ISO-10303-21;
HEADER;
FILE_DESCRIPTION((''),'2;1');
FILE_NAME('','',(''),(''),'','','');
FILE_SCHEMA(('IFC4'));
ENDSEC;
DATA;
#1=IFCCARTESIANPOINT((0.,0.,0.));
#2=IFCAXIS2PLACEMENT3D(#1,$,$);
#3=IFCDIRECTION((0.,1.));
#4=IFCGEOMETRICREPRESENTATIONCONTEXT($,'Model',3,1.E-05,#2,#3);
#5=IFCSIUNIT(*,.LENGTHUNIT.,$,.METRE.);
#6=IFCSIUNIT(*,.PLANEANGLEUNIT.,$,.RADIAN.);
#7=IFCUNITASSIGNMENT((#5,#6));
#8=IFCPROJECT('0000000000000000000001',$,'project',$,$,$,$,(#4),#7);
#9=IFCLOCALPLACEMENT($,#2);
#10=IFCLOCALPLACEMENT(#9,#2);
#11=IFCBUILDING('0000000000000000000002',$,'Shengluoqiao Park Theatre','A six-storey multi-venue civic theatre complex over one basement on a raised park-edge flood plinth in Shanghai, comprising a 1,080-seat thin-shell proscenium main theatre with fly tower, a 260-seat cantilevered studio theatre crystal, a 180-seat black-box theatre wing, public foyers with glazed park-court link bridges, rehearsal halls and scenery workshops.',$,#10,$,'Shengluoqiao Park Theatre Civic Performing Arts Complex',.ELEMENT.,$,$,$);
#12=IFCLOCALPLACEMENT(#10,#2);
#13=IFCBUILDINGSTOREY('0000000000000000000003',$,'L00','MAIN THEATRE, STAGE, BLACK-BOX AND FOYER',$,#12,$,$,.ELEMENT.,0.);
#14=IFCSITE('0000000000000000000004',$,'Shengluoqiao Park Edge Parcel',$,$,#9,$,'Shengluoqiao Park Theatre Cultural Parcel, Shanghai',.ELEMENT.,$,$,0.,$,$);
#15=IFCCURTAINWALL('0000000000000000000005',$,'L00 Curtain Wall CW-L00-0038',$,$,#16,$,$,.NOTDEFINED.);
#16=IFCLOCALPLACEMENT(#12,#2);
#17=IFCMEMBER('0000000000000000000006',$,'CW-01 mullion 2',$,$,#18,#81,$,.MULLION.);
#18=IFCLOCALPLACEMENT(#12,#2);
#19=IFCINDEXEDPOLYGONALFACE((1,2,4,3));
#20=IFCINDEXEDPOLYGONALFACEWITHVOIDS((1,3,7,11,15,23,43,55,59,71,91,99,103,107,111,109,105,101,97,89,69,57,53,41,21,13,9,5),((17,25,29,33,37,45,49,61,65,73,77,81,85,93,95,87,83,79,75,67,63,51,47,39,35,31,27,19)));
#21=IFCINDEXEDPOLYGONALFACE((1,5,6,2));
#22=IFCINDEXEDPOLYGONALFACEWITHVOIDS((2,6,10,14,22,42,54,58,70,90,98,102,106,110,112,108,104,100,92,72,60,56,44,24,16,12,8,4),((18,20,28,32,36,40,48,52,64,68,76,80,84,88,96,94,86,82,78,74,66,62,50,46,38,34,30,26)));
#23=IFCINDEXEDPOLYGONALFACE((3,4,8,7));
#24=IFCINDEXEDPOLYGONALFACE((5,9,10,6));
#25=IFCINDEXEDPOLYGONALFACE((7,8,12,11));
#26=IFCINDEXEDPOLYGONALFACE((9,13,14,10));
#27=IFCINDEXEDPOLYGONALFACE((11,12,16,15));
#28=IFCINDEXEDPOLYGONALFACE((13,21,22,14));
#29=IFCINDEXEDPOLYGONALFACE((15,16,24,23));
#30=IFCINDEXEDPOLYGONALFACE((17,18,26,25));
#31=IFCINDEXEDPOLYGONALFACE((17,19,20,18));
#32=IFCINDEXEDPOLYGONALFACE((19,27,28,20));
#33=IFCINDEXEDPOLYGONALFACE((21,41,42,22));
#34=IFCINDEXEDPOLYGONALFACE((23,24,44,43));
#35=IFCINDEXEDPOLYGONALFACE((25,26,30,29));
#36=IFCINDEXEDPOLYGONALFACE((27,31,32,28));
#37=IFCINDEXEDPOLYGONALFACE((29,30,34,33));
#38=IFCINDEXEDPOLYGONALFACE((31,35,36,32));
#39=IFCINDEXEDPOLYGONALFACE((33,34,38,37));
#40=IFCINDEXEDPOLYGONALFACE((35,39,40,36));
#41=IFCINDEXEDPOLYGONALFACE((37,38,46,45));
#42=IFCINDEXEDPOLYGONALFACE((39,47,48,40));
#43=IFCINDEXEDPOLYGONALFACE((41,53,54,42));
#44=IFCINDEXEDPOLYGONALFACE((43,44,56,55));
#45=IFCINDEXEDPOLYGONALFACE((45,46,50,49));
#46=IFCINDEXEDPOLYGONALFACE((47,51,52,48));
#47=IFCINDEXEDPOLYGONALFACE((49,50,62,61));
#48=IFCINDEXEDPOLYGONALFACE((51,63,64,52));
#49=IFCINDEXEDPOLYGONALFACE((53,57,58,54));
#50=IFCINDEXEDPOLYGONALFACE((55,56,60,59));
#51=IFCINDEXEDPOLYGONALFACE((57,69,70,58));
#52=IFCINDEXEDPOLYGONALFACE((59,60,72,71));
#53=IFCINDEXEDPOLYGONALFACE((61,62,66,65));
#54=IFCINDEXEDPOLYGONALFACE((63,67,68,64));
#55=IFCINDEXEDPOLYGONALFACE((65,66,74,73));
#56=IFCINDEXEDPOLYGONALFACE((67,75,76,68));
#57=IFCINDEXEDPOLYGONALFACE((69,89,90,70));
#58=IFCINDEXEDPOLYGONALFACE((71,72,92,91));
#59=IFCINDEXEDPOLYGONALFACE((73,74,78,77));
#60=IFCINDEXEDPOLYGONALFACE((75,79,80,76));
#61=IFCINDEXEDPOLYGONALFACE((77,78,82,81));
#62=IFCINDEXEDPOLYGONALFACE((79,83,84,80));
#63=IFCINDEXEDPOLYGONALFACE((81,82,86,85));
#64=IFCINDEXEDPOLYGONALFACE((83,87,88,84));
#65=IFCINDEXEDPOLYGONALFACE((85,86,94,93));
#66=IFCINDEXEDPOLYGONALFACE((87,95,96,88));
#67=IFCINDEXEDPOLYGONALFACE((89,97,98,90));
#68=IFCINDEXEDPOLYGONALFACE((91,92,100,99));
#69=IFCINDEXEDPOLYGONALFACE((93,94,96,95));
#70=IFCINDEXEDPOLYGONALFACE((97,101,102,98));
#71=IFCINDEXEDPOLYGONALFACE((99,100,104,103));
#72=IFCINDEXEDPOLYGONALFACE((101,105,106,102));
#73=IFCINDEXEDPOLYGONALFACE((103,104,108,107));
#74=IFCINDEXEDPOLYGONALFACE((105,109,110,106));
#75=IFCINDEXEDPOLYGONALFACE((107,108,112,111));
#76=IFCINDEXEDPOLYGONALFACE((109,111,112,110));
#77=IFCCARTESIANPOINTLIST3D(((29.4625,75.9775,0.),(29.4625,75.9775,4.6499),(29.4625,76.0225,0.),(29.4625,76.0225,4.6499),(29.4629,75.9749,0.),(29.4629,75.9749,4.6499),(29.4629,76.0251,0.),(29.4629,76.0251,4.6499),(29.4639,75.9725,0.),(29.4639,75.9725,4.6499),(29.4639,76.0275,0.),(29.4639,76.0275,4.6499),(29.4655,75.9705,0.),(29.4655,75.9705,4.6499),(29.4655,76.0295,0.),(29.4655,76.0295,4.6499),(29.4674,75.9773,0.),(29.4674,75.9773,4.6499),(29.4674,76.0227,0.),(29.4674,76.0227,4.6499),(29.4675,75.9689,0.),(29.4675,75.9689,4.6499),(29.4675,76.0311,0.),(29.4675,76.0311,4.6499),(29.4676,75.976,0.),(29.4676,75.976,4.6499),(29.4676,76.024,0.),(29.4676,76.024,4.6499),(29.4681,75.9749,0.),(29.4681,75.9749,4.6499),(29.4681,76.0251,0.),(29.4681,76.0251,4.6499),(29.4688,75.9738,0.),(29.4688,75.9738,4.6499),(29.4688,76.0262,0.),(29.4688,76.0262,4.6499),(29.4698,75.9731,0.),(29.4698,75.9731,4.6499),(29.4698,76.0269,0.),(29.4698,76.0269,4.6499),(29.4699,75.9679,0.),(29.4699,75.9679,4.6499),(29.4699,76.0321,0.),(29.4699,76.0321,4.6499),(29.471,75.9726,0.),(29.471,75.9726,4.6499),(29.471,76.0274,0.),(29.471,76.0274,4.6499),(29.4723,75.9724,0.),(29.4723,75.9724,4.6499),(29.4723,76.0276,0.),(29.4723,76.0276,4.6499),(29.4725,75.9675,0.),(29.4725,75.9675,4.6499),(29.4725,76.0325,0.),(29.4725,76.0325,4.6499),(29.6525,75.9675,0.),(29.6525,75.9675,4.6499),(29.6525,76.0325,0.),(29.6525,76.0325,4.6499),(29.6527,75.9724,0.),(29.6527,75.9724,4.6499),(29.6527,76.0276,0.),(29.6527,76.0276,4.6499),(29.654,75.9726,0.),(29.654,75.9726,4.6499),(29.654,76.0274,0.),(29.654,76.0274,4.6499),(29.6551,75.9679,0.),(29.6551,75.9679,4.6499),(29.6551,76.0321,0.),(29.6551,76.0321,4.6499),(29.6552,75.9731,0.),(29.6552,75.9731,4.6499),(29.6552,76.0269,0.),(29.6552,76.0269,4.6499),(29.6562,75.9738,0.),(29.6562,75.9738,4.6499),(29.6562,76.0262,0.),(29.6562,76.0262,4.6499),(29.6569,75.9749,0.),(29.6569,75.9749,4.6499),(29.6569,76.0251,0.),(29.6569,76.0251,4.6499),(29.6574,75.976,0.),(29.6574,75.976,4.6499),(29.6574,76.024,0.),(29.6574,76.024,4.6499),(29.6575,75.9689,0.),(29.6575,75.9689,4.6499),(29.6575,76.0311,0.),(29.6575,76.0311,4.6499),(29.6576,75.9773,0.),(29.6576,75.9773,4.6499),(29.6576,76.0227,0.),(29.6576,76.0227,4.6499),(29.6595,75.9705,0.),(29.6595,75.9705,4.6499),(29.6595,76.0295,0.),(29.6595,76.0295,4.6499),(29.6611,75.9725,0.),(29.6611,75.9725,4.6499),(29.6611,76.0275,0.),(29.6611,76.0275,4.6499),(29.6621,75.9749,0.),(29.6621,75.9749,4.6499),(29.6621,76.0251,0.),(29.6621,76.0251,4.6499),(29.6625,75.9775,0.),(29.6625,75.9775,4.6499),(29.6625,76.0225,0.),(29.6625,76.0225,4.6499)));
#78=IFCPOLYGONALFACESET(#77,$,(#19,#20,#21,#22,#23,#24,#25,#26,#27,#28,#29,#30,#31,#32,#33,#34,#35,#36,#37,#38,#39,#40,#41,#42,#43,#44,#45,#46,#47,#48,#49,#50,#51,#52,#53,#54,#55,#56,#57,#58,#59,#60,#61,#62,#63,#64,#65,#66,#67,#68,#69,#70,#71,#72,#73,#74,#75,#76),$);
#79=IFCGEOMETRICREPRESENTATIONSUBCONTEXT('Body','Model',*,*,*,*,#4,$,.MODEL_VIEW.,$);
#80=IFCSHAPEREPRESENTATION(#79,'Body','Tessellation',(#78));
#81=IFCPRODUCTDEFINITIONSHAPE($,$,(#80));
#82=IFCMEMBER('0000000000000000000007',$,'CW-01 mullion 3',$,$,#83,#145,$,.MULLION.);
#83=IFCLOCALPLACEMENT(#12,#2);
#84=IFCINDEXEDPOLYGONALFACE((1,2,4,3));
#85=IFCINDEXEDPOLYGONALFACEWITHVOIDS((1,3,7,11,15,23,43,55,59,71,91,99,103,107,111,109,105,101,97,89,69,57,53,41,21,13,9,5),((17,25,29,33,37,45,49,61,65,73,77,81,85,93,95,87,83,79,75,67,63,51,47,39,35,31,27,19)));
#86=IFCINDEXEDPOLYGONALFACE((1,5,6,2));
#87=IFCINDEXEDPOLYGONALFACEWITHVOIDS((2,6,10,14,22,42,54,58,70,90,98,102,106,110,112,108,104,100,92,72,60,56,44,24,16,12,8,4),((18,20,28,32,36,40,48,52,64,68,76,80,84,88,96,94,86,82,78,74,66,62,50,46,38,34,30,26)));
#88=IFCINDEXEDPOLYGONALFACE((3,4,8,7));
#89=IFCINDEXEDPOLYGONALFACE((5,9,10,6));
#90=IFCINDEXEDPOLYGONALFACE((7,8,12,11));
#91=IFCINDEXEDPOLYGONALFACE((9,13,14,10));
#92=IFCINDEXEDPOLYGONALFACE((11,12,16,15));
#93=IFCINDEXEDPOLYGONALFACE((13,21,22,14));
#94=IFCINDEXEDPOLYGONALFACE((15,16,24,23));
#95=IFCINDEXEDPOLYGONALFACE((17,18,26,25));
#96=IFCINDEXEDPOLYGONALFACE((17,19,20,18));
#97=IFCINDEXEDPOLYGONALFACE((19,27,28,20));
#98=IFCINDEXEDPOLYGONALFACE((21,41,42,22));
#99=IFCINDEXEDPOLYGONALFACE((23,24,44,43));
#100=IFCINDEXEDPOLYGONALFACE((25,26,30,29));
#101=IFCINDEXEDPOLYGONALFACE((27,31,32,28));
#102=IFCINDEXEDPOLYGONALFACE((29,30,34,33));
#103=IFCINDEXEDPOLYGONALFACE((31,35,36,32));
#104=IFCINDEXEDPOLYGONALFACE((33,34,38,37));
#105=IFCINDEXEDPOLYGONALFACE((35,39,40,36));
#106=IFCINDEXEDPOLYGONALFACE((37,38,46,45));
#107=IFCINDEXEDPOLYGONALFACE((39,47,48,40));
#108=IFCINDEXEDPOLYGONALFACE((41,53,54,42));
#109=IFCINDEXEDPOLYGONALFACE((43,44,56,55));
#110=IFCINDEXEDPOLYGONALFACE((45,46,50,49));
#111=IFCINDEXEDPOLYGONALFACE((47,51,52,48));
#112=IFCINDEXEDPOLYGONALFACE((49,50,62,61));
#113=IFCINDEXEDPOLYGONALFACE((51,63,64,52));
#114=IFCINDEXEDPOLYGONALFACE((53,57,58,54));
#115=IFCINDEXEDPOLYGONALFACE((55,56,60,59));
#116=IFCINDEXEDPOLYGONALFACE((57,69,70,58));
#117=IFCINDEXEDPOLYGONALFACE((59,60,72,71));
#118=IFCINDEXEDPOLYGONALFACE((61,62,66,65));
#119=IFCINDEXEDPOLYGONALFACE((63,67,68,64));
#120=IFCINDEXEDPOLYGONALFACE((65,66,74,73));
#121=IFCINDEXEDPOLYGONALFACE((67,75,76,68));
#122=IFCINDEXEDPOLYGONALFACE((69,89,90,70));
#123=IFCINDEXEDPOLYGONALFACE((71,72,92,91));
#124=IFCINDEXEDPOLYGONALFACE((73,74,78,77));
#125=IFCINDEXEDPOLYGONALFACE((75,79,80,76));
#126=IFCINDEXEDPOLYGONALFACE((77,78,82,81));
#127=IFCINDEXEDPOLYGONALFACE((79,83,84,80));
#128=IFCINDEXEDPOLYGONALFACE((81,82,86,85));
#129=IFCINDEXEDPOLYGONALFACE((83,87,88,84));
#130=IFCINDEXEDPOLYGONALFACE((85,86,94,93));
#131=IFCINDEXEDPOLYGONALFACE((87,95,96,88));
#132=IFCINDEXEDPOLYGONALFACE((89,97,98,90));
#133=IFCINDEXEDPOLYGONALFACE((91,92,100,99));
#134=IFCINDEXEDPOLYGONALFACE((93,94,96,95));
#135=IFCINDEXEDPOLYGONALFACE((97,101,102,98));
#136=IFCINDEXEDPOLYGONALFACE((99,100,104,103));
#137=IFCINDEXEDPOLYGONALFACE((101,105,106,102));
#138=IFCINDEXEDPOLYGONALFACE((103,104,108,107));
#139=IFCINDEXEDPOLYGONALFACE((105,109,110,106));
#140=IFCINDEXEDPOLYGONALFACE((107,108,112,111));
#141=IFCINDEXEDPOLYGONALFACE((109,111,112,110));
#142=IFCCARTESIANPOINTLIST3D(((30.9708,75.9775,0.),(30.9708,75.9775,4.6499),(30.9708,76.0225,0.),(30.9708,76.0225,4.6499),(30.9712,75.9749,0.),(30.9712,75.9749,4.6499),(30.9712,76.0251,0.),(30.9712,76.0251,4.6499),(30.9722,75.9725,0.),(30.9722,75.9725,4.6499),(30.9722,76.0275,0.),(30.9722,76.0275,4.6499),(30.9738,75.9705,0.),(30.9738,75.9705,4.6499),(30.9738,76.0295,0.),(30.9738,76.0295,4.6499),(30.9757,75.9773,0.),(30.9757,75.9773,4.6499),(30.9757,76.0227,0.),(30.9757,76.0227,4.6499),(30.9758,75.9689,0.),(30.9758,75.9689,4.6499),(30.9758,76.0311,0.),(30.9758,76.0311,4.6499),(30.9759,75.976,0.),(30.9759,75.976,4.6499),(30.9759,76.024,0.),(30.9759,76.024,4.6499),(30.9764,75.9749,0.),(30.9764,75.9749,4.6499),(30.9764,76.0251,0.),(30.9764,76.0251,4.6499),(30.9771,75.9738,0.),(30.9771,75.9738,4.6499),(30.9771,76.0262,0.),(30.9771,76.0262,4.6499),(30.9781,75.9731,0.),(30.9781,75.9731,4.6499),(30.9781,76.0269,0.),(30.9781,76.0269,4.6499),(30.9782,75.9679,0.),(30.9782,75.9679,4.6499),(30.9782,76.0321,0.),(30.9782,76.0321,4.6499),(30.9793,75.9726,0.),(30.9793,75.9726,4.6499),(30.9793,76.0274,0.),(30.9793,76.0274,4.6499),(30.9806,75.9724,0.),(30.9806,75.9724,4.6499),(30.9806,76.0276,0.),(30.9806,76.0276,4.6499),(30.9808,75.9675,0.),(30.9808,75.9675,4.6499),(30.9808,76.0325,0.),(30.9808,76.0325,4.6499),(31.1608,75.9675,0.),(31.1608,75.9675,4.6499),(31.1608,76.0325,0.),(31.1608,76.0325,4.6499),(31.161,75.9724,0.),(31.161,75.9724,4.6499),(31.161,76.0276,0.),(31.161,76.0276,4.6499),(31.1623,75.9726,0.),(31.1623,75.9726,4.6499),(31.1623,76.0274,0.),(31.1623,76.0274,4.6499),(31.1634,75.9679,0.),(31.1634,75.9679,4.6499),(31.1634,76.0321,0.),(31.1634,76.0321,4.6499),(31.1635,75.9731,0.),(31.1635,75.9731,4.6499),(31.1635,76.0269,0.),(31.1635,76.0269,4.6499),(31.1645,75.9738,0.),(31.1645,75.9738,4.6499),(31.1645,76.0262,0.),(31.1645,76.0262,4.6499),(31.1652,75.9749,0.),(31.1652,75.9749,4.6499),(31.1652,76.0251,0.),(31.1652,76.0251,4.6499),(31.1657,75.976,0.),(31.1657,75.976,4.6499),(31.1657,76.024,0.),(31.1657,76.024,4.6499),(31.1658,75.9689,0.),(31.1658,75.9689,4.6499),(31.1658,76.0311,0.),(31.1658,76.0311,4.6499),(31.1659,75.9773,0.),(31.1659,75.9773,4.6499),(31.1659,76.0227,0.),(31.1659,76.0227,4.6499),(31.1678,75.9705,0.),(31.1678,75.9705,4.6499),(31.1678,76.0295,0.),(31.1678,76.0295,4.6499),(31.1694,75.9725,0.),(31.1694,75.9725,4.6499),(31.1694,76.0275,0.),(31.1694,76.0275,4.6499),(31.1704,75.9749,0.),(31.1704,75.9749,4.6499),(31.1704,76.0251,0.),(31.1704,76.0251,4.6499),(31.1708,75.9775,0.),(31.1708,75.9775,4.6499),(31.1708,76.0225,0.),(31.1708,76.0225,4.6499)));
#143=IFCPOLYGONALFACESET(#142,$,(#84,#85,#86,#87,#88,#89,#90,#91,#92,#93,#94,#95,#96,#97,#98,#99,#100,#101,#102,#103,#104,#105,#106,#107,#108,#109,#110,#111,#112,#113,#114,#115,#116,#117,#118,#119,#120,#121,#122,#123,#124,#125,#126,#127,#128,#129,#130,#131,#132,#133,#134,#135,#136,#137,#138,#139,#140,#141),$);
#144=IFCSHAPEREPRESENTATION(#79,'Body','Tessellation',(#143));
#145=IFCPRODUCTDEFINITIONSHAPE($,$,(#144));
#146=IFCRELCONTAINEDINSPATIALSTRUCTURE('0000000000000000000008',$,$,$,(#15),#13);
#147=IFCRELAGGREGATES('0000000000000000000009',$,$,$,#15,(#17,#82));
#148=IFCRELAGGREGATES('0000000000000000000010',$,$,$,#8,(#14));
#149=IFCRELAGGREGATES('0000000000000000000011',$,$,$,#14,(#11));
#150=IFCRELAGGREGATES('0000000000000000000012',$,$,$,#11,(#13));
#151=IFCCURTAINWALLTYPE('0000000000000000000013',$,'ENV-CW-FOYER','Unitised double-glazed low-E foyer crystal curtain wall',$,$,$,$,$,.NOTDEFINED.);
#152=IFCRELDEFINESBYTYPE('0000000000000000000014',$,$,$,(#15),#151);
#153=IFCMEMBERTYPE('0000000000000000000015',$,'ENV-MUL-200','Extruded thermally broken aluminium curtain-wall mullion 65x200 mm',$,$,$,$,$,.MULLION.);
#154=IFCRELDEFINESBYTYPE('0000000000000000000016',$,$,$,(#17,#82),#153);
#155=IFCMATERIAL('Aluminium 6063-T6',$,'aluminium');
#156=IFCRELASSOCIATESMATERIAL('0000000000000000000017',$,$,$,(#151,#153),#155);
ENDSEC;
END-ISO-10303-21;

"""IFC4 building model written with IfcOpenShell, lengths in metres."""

from ifc_helpers import new_model, si_unit, direction, frame, origin, origin_2d, place, context, subcontext, project, spatial, hollow_rectangle, extrude, material, material_profile, profile_set, type_object, element, aggregate, save


model = new_model("IFC4")

# Units and contexts
model_context = context("Model", 3, precision=1e-05, world=origin(), true_north=direction((0.0, 1.0)))
body_context = subcontext(model_context, "Body", "Model", "MODEL_VIEW")
ifc_project = project(units=[si_unit("LENGTHUNIT", "METRE"), si_unit("PLANEANGLEUNIT", "RADIAN")], contexts=[model_context])

# Site, building, storey
site_placement = place(None, origin())
site = spatial("IfcSite", under=ifc_project, at=site_placement, Name="Shengluoqiao Park Edge Parcel", LongName="Shengluoqiao Park Theatre Cultural Parcel, Shanghai", CompositionType="ELEMENT", RefElevation=0.0)
building_placement = place(site_placement, origin())
building = spatial("IfcBuilding", under=site, at=building_placement, Name="Shengluoqiao Park Theatre", Description="A six-storey multi-venue civic theatre complex over one basement on a raised park-edge flood plinth in Shanghai, comprising a 1,080-seat thin-shell proscenium main theatre with fly tower, a 260-seat cantilevered studio theatre crystal, a 180-seat black-box theatre wing, public foyers with glazed park-court link bridges, rehearsal halls and scenery workshops.", LongName="Shengluoqiao Park Theatre Civic Performing Arts Complex", CompositionType="ELEMENT")
storey_placement = place(building_placement, origin())
storey = spatial("IfcBuildingStorey", under=building, at=storey_placement, Name="L00", Description="MAIN THEATRE, STAGE, BLACK-BOX AND FOYER", CompositionType="ELEMENT", Elevation=0.0)

# Curtain wall, members
ifc_material_1 = material(Name="Aluminium 6063-T6", Category="aluminium")
curtain_wall_type = type_object("IfcCurtainWallType", Name="ENV-CW-FOYER", Description="Unitised double-glazed low-E foyer crystal curtain wall", PredefinedType="NOTDEFINED", material=ifc_material_1)
curtain_wall_placement = place(storey_placement, origin())
curtain_wall = element("IfcCurtainWall", 1, at=curtain_wall_placement, inside=storey, type_object=curtain_wall_type, Name="L00 Curtain Wall CW-L00-0038", PredefinedType="NOTDEFINED")
ifc_material_profile_1 = material_profile(ifc_material_1, hollow_rectangle(XDim=0.0649, YDim=0.2, WallThickness=0.0049, InnerFilletRadius=0.0049, OuterFilletRadius=0.01, at=origin_2d()), Name="ALU MULLION 200x65x5")
ifc_profile_set_1 = profile_set([ifc_material_profile_1], Name="Aluminium 6063-T6")
member_type_1 = type_object("IfcMemberType", Name="ENV-MUL-200", Description="Extruded thermally broken aluminium curtain-wall mullion 65x200 mm", PredefinedType="MULLION", material=ifc_profile_set_1)
member_1_placement = place(storey_placement, frame((29.5625, 76.0, 0.0), z_axis=(0.0, 0.0, 1.0), x_axis=(0.0, 1.0, 0.0)))
member_1 = element("IfcMember", 2, at=member_1_placement, type_object=member_type_1, Name="CW-01 mullion 2", PredefinedType="MULLION", context=body_context, shape_type="SweptSolid", body=[
    extrude(hollow_rectangle(XDim=0.0649, YDim=0.2, WallThickness=0.0049, InnerFilletRadius=0.0049, OuterFilletRadius=0.01, at=origin_2d()), origin(), (0.0, 0.0, 1.0), 4.6499),
])
member_2_placement = place(storey_placement, frame((31.0708, 76.0, 0.0), z_axis=(0.0, 0.0, 1.0), x_axis=(0.0, 1.0, 0.0)))
member_2 = element("IfcMember", 3, at=member_2_placement, type_object=member_type_1, Name="CW-01 mullion 3", PredefinedType="MULLION", context=body_context, shape_type="SweptSolid", body=[
    extrude(hollow_rectangle(XDim=0.0649, YDim=0.2, WallThickness=0.0049, InnerFilletRadius=0.0049, OuterFilletRadius=0.01, at=origin_2d()), origin(), (0.0, 0.0, 1.0), 4.6499),
])
aggregate(curtain_wall, [member_1, member_2])

save(model, "model.ifc")
